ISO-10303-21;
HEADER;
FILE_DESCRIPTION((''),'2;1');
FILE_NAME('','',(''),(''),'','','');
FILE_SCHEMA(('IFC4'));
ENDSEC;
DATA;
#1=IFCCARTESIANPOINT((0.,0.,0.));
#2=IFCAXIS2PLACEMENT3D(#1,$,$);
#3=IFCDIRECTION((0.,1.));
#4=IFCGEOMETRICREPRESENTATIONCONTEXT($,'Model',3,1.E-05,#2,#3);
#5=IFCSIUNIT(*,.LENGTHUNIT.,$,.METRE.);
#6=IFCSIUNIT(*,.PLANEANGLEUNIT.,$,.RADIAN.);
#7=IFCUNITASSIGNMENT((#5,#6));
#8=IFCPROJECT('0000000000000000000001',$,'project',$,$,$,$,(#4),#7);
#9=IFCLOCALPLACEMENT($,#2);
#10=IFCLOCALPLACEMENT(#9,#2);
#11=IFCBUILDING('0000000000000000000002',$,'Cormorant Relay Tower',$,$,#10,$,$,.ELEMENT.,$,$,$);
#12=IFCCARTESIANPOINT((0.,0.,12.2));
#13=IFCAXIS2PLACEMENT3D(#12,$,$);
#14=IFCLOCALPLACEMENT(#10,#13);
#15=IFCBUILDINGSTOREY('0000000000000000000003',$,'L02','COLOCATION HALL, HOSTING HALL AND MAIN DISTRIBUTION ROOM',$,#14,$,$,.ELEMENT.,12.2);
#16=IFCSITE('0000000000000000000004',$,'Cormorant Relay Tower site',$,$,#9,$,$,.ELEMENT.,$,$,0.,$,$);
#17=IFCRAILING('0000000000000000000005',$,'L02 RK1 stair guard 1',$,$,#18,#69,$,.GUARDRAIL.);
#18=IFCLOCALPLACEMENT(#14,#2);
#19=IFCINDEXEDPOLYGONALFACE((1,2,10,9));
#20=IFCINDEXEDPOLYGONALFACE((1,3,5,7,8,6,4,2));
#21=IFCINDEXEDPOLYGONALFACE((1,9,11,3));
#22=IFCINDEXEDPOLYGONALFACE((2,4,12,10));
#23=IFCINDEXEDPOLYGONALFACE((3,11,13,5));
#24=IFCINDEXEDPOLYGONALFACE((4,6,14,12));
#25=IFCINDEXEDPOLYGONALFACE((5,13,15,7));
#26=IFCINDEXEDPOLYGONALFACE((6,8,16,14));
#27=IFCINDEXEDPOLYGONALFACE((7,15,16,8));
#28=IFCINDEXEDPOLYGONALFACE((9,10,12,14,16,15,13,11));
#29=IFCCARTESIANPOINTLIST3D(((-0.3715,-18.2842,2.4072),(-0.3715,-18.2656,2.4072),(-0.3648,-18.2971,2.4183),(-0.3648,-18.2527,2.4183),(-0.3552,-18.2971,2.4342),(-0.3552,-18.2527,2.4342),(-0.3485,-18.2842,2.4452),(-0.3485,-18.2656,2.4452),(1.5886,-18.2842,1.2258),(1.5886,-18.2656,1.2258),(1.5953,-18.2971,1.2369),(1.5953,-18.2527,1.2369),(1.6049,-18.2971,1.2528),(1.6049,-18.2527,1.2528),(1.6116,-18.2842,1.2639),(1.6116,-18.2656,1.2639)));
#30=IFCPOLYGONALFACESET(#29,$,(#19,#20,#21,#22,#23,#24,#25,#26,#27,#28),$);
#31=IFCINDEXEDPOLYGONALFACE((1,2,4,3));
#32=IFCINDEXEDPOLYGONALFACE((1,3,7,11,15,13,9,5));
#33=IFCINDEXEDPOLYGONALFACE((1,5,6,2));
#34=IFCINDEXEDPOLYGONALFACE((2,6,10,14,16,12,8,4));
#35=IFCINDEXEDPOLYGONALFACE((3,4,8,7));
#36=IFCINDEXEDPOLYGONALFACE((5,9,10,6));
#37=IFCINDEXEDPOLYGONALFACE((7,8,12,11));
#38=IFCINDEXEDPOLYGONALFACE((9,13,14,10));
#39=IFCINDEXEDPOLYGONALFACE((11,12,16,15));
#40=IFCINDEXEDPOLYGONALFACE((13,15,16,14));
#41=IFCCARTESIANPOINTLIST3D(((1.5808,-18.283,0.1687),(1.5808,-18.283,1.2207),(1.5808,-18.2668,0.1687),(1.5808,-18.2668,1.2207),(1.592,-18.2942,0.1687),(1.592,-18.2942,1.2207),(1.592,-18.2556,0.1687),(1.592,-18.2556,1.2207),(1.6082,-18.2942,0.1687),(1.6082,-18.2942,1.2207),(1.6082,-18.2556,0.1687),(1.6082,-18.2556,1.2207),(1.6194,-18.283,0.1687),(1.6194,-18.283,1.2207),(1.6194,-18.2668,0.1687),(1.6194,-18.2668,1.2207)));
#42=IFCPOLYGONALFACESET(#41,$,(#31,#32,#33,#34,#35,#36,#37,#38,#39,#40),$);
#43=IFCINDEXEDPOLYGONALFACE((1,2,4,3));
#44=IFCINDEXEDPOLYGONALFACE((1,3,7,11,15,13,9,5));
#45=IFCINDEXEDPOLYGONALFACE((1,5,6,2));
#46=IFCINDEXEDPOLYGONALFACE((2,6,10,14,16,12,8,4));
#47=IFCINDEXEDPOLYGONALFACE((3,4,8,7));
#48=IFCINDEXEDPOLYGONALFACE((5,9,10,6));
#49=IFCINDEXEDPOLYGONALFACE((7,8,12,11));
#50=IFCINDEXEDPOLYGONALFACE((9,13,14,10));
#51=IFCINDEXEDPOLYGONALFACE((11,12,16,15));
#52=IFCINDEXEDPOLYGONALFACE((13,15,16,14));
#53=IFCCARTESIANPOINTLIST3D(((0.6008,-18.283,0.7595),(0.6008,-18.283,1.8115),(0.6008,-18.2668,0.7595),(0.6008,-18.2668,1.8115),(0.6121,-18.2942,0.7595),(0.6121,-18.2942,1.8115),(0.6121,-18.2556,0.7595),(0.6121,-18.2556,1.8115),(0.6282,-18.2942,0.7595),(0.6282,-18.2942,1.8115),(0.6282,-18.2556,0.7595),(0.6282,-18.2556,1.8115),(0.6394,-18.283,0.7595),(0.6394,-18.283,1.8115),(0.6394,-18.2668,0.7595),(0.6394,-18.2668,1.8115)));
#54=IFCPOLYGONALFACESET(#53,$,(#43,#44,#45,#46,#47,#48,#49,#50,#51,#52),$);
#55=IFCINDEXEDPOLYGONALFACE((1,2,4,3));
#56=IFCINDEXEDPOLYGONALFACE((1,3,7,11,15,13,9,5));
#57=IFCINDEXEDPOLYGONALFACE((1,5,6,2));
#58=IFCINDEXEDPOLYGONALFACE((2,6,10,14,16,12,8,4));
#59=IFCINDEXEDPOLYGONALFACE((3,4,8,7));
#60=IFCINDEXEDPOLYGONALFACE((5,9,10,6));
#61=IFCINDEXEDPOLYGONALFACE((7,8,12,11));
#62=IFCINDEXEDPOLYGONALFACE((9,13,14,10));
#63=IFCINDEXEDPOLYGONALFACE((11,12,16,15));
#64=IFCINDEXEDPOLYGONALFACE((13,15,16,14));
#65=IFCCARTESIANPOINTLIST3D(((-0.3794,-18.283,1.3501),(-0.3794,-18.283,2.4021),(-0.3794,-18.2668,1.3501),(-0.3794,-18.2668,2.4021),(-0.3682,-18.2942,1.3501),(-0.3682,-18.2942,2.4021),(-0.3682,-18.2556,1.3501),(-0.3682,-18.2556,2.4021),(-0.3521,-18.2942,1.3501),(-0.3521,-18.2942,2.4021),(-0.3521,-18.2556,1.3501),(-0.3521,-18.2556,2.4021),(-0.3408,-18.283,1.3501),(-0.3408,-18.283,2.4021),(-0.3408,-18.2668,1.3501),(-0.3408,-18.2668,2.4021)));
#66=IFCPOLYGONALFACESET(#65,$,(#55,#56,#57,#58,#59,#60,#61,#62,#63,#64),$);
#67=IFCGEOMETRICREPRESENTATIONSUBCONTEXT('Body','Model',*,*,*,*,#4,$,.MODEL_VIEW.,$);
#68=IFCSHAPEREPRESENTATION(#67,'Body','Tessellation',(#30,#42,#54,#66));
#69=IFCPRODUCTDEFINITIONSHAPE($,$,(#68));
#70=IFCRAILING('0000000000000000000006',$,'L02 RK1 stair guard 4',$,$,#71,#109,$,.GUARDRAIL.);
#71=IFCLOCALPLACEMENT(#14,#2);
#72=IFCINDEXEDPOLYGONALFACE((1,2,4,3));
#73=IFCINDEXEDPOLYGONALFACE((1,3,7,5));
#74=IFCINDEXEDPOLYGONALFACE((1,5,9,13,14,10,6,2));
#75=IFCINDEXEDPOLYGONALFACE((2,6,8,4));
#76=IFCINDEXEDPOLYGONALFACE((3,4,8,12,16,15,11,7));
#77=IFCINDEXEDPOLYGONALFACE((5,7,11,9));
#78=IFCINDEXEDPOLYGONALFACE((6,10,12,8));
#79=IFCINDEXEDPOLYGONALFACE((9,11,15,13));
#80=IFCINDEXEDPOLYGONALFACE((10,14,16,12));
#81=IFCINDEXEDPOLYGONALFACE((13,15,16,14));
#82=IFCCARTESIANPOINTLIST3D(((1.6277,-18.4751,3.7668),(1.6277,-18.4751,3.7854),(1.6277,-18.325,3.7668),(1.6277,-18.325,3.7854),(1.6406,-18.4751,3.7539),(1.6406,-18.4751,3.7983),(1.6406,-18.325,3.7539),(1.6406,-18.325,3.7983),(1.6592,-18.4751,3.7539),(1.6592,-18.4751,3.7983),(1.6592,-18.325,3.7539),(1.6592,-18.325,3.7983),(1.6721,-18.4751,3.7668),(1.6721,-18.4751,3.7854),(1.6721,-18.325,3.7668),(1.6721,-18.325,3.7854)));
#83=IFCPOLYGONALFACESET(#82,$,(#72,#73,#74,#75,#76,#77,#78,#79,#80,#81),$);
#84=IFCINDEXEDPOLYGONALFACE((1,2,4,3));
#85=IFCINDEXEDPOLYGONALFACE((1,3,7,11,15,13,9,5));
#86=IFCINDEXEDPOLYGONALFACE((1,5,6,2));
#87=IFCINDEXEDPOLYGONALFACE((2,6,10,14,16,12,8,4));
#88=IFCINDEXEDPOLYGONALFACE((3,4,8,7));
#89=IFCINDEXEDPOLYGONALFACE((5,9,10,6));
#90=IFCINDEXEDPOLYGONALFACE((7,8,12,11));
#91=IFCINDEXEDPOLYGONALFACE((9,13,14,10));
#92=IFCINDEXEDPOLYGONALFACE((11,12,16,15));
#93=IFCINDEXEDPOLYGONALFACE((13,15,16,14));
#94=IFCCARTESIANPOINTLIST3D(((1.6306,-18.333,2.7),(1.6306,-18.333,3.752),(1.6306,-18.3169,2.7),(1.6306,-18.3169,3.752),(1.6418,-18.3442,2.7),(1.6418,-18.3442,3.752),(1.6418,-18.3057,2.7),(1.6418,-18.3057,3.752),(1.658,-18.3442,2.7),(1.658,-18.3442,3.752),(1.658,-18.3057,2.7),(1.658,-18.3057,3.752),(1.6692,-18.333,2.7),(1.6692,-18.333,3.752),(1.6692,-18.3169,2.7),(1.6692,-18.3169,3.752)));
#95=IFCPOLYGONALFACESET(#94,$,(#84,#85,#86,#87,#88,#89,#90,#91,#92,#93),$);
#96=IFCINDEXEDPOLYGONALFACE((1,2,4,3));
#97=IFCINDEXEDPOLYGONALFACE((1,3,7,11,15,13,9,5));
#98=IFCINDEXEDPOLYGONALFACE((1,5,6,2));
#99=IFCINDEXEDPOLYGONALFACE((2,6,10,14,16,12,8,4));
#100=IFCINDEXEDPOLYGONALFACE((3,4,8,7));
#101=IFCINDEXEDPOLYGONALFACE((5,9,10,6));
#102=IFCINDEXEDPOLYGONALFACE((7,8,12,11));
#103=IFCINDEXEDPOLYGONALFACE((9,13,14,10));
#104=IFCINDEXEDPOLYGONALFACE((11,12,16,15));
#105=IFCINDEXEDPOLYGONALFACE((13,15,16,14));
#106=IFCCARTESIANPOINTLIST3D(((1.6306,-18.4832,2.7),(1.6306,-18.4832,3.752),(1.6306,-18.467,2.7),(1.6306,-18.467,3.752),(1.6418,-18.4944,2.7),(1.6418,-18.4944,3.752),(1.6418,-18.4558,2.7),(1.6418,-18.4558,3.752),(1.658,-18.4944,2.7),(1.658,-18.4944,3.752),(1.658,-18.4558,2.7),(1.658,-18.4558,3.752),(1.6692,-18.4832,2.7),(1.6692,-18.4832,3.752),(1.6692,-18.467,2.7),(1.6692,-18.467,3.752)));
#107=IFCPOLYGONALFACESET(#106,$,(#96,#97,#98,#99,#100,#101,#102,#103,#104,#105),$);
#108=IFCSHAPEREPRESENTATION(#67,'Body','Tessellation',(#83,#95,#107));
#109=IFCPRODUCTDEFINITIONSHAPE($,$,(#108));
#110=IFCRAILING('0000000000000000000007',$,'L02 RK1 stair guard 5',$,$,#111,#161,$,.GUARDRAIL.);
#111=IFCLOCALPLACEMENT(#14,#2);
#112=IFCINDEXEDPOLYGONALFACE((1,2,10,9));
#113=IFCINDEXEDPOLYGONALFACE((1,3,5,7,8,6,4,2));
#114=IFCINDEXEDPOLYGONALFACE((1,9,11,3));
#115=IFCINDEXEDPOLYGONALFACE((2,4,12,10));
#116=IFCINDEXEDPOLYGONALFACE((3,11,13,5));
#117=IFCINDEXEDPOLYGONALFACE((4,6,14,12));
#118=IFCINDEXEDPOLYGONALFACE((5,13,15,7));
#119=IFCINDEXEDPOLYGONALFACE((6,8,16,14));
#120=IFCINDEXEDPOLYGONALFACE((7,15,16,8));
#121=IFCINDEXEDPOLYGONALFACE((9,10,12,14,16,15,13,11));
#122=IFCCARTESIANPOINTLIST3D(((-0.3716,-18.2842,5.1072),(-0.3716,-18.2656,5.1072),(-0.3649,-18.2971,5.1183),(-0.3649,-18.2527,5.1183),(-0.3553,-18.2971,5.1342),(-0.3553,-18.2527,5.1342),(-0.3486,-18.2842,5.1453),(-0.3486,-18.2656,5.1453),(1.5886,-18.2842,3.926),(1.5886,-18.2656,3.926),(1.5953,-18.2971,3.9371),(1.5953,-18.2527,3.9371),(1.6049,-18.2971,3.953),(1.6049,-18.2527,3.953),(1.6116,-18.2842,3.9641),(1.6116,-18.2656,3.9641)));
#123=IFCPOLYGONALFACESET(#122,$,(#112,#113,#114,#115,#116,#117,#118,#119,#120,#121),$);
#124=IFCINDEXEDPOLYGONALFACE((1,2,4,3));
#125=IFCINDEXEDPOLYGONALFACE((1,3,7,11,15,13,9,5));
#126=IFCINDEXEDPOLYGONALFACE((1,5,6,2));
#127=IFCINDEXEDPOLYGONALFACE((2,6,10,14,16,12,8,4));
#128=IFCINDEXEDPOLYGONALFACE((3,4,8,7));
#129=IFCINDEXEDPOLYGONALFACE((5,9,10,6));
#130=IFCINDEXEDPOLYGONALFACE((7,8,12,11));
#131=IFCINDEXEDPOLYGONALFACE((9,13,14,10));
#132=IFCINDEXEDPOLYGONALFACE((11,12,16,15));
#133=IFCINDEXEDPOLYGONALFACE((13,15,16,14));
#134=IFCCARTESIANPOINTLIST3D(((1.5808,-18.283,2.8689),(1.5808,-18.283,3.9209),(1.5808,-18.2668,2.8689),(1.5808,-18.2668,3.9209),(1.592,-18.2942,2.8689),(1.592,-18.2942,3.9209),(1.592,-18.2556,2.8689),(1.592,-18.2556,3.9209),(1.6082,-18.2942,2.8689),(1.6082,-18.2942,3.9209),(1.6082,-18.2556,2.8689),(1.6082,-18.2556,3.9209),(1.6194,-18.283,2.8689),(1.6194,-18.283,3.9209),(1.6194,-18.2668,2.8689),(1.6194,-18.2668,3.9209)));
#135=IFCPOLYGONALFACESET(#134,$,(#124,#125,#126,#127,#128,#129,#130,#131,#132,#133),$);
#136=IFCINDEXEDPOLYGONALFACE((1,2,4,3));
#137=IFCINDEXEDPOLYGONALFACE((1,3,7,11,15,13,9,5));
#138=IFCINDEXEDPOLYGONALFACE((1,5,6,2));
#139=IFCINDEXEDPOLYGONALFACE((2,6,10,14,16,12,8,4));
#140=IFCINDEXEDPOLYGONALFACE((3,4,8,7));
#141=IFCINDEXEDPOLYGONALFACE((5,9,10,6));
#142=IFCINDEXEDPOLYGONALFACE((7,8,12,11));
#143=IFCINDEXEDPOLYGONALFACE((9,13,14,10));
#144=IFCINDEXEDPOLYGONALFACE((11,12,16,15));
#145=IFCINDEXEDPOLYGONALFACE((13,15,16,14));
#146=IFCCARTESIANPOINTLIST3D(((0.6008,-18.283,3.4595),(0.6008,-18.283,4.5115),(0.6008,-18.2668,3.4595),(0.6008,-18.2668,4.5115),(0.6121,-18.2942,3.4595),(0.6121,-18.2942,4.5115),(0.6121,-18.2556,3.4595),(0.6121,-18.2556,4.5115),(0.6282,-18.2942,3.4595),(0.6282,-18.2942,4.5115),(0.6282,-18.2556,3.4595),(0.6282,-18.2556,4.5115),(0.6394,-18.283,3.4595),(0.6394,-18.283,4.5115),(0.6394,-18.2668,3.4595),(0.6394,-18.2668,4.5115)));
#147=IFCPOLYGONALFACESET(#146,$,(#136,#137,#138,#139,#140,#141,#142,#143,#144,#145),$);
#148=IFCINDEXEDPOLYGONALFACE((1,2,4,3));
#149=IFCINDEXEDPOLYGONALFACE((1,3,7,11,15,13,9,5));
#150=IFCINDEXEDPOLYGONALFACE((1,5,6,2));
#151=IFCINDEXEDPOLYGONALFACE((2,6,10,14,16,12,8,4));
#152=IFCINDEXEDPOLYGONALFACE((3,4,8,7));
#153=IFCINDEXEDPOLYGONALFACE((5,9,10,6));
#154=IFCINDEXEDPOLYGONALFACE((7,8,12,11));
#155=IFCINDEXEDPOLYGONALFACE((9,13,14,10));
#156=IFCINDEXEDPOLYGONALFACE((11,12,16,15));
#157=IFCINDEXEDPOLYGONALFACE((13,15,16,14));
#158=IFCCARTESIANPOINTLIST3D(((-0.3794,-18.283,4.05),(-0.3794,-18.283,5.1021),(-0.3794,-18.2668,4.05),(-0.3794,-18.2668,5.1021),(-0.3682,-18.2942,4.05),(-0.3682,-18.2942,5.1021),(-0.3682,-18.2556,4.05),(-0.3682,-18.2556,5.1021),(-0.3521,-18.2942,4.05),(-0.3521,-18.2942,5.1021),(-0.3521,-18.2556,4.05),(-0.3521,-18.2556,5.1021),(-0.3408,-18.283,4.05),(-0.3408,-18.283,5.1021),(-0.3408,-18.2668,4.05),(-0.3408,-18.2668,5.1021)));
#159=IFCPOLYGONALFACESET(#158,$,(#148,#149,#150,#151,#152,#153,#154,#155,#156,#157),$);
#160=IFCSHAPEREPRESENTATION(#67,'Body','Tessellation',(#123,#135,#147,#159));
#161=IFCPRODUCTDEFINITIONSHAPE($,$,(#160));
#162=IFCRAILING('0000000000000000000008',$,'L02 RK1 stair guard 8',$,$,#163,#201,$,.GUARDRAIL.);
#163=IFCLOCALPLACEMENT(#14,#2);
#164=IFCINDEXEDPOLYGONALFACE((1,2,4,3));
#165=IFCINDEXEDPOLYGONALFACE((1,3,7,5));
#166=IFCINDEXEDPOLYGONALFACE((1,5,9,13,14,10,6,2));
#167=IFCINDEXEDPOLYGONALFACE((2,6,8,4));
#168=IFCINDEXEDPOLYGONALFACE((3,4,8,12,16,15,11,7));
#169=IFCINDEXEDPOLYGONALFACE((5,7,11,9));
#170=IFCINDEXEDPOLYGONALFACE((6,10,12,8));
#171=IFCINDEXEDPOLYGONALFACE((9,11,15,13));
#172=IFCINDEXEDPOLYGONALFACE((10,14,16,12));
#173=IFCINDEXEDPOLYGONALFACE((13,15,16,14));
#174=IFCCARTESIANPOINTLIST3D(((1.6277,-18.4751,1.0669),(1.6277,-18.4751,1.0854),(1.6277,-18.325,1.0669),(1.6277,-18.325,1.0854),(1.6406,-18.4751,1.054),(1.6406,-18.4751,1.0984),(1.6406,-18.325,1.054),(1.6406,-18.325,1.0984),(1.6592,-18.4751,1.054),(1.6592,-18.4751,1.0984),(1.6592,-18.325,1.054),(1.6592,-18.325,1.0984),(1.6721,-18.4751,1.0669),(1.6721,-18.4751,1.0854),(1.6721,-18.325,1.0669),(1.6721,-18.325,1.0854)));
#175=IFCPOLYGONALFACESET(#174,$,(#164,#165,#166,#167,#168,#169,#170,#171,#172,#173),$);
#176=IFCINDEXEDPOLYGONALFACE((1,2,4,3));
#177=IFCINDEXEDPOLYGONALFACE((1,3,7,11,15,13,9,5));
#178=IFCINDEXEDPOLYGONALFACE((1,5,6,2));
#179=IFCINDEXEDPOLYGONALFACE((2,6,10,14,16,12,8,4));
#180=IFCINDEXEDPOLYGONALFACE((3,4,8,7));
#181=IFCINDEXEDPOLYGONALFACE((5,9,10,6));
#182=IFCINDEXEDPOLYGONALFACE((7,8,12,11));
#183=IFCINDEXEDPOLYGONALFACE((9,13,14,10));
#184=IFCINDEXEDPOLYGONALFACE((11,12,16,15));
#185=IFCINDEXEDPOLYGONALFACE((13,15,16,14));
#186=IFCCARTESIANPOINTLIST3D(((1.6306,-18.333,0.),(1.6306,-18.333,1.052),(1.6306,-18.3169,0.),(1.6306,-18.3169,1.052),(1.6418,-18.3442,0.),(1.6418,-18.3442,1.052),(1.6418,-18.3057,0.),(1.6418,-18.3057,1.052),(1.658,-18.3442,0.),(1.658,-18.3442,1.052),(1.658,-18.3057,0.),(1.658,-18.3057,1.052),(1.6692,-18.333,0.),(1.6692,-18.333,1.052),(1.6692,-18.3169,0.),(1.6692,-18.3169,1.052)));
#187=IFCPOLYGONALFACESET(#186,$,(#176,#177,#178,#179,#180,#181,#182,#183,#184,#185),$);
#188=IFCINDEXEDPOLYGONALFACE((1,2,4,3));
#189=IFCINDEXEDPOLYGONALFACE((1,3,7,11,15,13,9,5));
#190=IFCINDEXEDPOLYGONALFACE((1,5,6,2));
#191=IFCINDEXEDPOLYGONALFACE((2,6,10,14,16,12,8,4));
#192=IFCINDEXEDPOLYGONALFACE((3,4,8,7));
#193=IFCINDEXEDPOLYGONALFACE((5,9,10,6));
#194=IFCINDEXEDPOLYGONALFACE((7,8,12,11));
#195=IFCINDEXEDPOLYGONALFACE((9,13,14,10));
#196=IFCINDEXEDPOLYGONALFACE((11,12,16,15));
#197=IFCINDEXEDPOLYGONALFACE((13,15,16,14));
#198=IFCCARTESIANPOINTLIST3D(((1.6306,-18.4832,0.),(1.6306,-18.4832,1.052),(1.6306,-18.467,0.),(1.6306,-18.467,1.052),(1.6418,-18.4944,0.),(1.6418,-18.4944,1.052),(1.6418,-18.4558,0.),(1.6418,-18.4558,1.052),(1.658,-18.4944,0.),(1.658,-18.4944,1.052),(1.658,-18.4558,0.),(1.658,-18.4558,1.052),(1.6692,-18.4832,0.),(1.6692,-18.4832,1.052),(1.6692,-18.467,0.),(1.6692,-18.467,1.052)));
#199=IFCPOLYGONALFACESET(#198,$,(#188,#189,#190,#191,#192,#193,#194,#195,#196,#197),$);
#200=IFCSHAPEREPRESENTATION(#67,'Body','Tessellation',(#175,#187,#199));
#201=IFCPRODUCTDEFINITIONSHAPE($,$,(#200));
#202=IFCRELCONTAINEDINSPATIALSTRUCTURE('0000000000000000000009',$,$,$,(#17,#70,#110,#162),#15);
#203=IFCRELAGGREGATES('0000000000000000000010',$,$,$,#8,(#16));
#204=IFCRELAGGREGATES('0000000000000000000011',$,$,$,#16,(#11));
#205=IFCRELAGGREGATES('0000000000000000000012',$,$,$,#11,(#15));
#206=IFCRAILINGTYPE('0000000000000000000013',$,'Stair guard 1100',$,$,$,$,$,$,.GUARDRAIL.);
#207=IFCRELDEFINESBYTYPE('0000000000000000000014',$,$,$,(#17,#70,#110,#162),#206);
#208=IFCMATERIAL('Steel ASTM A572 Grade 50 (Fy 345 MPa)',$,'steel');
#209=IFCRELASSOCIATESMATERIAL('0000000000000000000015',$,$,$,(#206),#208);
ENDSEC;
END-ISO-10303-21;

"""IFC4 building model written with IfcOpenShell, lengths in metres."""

from ifc_helpers import new_model, si_unit, direction, frame, origin, place, context, subcontext, project, spatial, polyline, outline, extrude, material, type_object, element, save


model = new_model("IFC4")

# Units and contexts
model_context = context("Model", 3, precision=1e-05, world=origin(), true_north=direction((0.0, 1.0)))
body_context = subcontext(model_context, "Body", "Model", "MODEL_VIEW")
ifc_project = project(units=[si_unit("LENGTHUNIT", "METRE"), si_unit("PLANEANGLEUNIT", "RADIAN")], contexts=[model_context])

# Site, building, storey
site_placement = place(None, origin())
site = spatial("IfcSite", under=ifc_project, at=site_placement, Name="Cormorant Relay Tower site", CompositionType="ELEMENT", RefElevation=0.0)
building_placement = place(site_placement, origin())
building = spatial("IfcBuilding", under=site, at=building_placement, Name="Cormorant Relay Tower", CompositionType="ELEMENT")
storey_placement = place(building_placement, frame((0.0, 0.0, 12.2)))
storey = spatial("IfcBuildingStorey", under=building, at=storey_placement, Name="L02", Description="COLOCATION HALL, HOSTING HALL AND MAIN DISTRIBUTION ROOM", CompositionType="ELEMENT", Elevation=12.2)

# Railings
ifc_material_1 = material(Name="Steel ASTM A572 Grade 50 (Fy 345 MPa)", Category="steel")
railing_type_1 = type_object("IfcRailingType", Name="Stair guard 1100", PredefinedType="GUARDRAIL", material=ifc_material_1)
railing_1_placement = place(storey_placement, frame((1.6001, -18.2749, 0.1687)))
element("IfcRailing", 1, at=railing_1_placement, inside=storey, type_object=railing_type_1, Name="L02 RK1 stair guard 1", PredefinedType="GUARDRAIL", context=body_context, shape_type="SweptSolid", body=[
    extrude(outline(polyline([(0.0222, 0.0093), (0.0093, 0.0222), (-0.0093, 0.0222), (-0.0222, 0.0093), (-0.0222, -0.0093), (-0.0093, -0.0222), (0.0093, -0.0222), (0.0222, -0.0093), (0.0222, 0.0093)])), frame((0.0, 0.0, 1.0762), z_axis=(-0.856475, 0.0, 0.516189), x_axis=(0.0, -1.0, 0.0)), (0.0, 0.0, 1.0), 2.2886),
    extrude(outline(polyline([(0.0193, 0.0081), (0.0081, 0.0193), (-0.0081, 0.0193), (-0.0193, 0.0081), (-0.0193, -0.0081), (-0.0081, -0.0193), (0.0081, -0.0193), (0.0193, -0.0081), (0.0193, 0.0081)])), origin(), (0.0, 0.0, 1.0), 1.052),
    extrude(outline(polyline([(0.0193, 0.0081), (0.0081, 0.0193), (-0.0081, 0.0193), (-0.0193, 0.0081), (-0.0193, -0.0081), (-0.0081, -0.0193), (0.0081, -0.0193), (0.0193, -0.0081), (0.0193, 0.0081)])), frame((-0.98, 0.0, 0.5908)), (0.0, 0.0, 1.0), 1.052),
    extrude(outline(polyline([(0.0193, 0.0081), (0.0081, 0.0193), (-0.0081, 0.0193), (-0.0193, 0.0081), (-0.0193, -0.0081), (-0.0081, -0.0193), (0.0081, -0.0193), (0.0193, -0.0081), (0.0193, 0.0081)])), frame((-1.9602, 0.0, 1.1814)), (0.0, 0.0, 1.0), 1.052),
])
railing_2_placement = place(storey_placement, frame((1.6499, -18.325, 2.7)))
element("IfcRailing", 2, at=railing_2_placement, inside=storey, type_object=railing_type_1, Name="L02 RK1 stair guard 4", PredefinedType="GUARDRAIL", context=body_context, shape_type="SweptSolid", body=[
    extrude(outline(polyline([(0.0222, 0.0093), (0.0093, 0.0222), (-0.0093, 0.0222), (-0.0222, 0.0093), (-0.0222, -0.0093), (-0.0093, -0.0222), (0.0093, -0.0222), (0.0222, -0.0093), (0.0222, 0.0093)])), frame((0.0, 0.0, 1.0762), z_axis=(0.0, -1.0, 0.0), x_axis=(1.0, 0.0, 0.0)), (0.0, 0.0, 1.0), 0.1501),
    extrude(outline(polyline([(0.0193, 0.0081), (0.0081, 0.0193), (-0.0081, 0.0193), (-0.0193, 0.0081), (-0.0193, -0.0081), (-0.0081, -0.0193), (0.0081, -0.0193), (0.0193, -0.0081), (0.0193, 0.0081)])), origin(), (0.0, 0.0, 1.0), 1.052),
    extrude(outline(polyline([(0.0193, 0.0081), (0.0081, 0.0193), (-0.0081, 0.0193), (-0.0193, 0.0081), (-0.0193, -0.0081), (-0.0081, -0.0193), (0.0081, -0.0193), (0.0193, -0.0081), (0.0193, 0.0081)])), frame((0.0, -0.1501, 0.0)), (0.0, 0.0, 1.0), 1.052),
])
railing_3_placement = place(storey_placement, frame((1.6001, -18.2749, 2.8689)))
element("IfcRailing", 3, at=railing_3_placement, inside=storey, type_object=railing_type_1, Name="L02 RK1 stair guard 5", PredefinedType="GUARDRAIL", context=body_context, shape_type="SweptSolid", body=[
    extrude(outline(polyline([(0.0222, 0.0093), (0.0093, 0.0222), (-0.0093, 0.0222), (-0.0222, 0.0093), (-0.0222, -0.0093), (-0.0093, -0.0222), (0.0093, -0.0222), (0.0222, -0.0093), (0.0222, 0.0093)])), frame((0.0, 0.0, 1.0762), z_axis=(-0.856522, 0.0, 0.516111), x_axis=(0.0, -1.0, 0.0)), (0.0, 0.0, 1.0), 2.2886),
    extrude(outline(polyline([(0.0193, 0.0081), (0.0081, 0.0193), (-0.0081, 0.0193), (-0.0193, 0.0081), (-0.0193, -0.0081), (-0.0081, -0.0193), (0.0081, -0.0193), (0.0193, -0.0081), (0.0193, 0.0081)])), origin(), (0.0, 0.0, 1.0), 1.052),
    extrude(outline(polyline([(0.0193, 0.0081), (0.0081, 0.0193), (-0.0081, 0.0193), (-0.0193, 0.0081), (-0.0193, -0.0081), (-0.0081, -0.0193), (0.0081, -0.0193), (0.0193, -0.0081), (0.0193, 0.0081)])), frame((-0.98, 0.0, 0.5906)), (0.0, 0.0, 1.0), 1.052),
    extrude(outline(polyline([(0.0193, 0.0081), (0.0081, 0.0193), (-0.0081, 0.0193), (-0.0193, 0.0081), (-0.0193, -0.0081), (-0.0081, -0.0193), (0.0081, -0.0193), (0.0193, -0.0081), (0.0193, 0.0081)])), frame((-1.9602, 0.0, 1.1812)), (0.0, 0.0, 1.0), 1.052),
])
railing_4_placement = place(storey_placement, frame((1.6499, -18.325, 0.0)))
element("IfcRailing", 4, at=railing_4_placement, inside=storey, type_object=railing_type_1, Name="L02 RK1 stair guard 8", PredefinedType="GUARDRAIL", context=body_context, shape_type="SweptSolid", body=[
    extrude(outline(polyline([(0.0222, 0.0093), (0.0093, 0.0222), (-0.0093, 0.0222), (-0.0222, 0.0093), (-0.0222, -0.0093), (-0.0093, -0.0222), (0.0093, -0.0222), (0.0222, -0.0093), (0.0222, 0.0093)])), frame((0.0, 0.0, 1.0762), z_axis=(0.0, -1.0, 0.0), x_axis=(1.0, 0.0, 0.0)), (0.0, 0.0, 1.0), 0.1501),
    extrude(outline(polyline([(0.0193, 0.0081), (0.0081, 0.0193), (-0.0081, 0.0193), (-0.0193, 0.0081), (-0.0193, -0.0081), (-0.0081, -0.0193), (0.0081, -0.0193), (0.0193, -0.0081), (0.0193, 0.0081)])), origin(), (0.0, 0.0, 1.0), 1.052),
    extrude(outline(polyline([(0.0193, 0.0081), (0.0081, 0.0193), (-0.0081, 0.0193), (-0.0193, 0.0081), (-0.0193, -0.0081), (-0.0081, -0.0193), (0.0081, -0.0193), (0.0193, -0.0081), (0.0193, 0.0081)])), frame((0.0, -0.1501, 0.0)), (0.0, 0.0, 1.0), 1.052),
])

save(model, "model.ifc")
